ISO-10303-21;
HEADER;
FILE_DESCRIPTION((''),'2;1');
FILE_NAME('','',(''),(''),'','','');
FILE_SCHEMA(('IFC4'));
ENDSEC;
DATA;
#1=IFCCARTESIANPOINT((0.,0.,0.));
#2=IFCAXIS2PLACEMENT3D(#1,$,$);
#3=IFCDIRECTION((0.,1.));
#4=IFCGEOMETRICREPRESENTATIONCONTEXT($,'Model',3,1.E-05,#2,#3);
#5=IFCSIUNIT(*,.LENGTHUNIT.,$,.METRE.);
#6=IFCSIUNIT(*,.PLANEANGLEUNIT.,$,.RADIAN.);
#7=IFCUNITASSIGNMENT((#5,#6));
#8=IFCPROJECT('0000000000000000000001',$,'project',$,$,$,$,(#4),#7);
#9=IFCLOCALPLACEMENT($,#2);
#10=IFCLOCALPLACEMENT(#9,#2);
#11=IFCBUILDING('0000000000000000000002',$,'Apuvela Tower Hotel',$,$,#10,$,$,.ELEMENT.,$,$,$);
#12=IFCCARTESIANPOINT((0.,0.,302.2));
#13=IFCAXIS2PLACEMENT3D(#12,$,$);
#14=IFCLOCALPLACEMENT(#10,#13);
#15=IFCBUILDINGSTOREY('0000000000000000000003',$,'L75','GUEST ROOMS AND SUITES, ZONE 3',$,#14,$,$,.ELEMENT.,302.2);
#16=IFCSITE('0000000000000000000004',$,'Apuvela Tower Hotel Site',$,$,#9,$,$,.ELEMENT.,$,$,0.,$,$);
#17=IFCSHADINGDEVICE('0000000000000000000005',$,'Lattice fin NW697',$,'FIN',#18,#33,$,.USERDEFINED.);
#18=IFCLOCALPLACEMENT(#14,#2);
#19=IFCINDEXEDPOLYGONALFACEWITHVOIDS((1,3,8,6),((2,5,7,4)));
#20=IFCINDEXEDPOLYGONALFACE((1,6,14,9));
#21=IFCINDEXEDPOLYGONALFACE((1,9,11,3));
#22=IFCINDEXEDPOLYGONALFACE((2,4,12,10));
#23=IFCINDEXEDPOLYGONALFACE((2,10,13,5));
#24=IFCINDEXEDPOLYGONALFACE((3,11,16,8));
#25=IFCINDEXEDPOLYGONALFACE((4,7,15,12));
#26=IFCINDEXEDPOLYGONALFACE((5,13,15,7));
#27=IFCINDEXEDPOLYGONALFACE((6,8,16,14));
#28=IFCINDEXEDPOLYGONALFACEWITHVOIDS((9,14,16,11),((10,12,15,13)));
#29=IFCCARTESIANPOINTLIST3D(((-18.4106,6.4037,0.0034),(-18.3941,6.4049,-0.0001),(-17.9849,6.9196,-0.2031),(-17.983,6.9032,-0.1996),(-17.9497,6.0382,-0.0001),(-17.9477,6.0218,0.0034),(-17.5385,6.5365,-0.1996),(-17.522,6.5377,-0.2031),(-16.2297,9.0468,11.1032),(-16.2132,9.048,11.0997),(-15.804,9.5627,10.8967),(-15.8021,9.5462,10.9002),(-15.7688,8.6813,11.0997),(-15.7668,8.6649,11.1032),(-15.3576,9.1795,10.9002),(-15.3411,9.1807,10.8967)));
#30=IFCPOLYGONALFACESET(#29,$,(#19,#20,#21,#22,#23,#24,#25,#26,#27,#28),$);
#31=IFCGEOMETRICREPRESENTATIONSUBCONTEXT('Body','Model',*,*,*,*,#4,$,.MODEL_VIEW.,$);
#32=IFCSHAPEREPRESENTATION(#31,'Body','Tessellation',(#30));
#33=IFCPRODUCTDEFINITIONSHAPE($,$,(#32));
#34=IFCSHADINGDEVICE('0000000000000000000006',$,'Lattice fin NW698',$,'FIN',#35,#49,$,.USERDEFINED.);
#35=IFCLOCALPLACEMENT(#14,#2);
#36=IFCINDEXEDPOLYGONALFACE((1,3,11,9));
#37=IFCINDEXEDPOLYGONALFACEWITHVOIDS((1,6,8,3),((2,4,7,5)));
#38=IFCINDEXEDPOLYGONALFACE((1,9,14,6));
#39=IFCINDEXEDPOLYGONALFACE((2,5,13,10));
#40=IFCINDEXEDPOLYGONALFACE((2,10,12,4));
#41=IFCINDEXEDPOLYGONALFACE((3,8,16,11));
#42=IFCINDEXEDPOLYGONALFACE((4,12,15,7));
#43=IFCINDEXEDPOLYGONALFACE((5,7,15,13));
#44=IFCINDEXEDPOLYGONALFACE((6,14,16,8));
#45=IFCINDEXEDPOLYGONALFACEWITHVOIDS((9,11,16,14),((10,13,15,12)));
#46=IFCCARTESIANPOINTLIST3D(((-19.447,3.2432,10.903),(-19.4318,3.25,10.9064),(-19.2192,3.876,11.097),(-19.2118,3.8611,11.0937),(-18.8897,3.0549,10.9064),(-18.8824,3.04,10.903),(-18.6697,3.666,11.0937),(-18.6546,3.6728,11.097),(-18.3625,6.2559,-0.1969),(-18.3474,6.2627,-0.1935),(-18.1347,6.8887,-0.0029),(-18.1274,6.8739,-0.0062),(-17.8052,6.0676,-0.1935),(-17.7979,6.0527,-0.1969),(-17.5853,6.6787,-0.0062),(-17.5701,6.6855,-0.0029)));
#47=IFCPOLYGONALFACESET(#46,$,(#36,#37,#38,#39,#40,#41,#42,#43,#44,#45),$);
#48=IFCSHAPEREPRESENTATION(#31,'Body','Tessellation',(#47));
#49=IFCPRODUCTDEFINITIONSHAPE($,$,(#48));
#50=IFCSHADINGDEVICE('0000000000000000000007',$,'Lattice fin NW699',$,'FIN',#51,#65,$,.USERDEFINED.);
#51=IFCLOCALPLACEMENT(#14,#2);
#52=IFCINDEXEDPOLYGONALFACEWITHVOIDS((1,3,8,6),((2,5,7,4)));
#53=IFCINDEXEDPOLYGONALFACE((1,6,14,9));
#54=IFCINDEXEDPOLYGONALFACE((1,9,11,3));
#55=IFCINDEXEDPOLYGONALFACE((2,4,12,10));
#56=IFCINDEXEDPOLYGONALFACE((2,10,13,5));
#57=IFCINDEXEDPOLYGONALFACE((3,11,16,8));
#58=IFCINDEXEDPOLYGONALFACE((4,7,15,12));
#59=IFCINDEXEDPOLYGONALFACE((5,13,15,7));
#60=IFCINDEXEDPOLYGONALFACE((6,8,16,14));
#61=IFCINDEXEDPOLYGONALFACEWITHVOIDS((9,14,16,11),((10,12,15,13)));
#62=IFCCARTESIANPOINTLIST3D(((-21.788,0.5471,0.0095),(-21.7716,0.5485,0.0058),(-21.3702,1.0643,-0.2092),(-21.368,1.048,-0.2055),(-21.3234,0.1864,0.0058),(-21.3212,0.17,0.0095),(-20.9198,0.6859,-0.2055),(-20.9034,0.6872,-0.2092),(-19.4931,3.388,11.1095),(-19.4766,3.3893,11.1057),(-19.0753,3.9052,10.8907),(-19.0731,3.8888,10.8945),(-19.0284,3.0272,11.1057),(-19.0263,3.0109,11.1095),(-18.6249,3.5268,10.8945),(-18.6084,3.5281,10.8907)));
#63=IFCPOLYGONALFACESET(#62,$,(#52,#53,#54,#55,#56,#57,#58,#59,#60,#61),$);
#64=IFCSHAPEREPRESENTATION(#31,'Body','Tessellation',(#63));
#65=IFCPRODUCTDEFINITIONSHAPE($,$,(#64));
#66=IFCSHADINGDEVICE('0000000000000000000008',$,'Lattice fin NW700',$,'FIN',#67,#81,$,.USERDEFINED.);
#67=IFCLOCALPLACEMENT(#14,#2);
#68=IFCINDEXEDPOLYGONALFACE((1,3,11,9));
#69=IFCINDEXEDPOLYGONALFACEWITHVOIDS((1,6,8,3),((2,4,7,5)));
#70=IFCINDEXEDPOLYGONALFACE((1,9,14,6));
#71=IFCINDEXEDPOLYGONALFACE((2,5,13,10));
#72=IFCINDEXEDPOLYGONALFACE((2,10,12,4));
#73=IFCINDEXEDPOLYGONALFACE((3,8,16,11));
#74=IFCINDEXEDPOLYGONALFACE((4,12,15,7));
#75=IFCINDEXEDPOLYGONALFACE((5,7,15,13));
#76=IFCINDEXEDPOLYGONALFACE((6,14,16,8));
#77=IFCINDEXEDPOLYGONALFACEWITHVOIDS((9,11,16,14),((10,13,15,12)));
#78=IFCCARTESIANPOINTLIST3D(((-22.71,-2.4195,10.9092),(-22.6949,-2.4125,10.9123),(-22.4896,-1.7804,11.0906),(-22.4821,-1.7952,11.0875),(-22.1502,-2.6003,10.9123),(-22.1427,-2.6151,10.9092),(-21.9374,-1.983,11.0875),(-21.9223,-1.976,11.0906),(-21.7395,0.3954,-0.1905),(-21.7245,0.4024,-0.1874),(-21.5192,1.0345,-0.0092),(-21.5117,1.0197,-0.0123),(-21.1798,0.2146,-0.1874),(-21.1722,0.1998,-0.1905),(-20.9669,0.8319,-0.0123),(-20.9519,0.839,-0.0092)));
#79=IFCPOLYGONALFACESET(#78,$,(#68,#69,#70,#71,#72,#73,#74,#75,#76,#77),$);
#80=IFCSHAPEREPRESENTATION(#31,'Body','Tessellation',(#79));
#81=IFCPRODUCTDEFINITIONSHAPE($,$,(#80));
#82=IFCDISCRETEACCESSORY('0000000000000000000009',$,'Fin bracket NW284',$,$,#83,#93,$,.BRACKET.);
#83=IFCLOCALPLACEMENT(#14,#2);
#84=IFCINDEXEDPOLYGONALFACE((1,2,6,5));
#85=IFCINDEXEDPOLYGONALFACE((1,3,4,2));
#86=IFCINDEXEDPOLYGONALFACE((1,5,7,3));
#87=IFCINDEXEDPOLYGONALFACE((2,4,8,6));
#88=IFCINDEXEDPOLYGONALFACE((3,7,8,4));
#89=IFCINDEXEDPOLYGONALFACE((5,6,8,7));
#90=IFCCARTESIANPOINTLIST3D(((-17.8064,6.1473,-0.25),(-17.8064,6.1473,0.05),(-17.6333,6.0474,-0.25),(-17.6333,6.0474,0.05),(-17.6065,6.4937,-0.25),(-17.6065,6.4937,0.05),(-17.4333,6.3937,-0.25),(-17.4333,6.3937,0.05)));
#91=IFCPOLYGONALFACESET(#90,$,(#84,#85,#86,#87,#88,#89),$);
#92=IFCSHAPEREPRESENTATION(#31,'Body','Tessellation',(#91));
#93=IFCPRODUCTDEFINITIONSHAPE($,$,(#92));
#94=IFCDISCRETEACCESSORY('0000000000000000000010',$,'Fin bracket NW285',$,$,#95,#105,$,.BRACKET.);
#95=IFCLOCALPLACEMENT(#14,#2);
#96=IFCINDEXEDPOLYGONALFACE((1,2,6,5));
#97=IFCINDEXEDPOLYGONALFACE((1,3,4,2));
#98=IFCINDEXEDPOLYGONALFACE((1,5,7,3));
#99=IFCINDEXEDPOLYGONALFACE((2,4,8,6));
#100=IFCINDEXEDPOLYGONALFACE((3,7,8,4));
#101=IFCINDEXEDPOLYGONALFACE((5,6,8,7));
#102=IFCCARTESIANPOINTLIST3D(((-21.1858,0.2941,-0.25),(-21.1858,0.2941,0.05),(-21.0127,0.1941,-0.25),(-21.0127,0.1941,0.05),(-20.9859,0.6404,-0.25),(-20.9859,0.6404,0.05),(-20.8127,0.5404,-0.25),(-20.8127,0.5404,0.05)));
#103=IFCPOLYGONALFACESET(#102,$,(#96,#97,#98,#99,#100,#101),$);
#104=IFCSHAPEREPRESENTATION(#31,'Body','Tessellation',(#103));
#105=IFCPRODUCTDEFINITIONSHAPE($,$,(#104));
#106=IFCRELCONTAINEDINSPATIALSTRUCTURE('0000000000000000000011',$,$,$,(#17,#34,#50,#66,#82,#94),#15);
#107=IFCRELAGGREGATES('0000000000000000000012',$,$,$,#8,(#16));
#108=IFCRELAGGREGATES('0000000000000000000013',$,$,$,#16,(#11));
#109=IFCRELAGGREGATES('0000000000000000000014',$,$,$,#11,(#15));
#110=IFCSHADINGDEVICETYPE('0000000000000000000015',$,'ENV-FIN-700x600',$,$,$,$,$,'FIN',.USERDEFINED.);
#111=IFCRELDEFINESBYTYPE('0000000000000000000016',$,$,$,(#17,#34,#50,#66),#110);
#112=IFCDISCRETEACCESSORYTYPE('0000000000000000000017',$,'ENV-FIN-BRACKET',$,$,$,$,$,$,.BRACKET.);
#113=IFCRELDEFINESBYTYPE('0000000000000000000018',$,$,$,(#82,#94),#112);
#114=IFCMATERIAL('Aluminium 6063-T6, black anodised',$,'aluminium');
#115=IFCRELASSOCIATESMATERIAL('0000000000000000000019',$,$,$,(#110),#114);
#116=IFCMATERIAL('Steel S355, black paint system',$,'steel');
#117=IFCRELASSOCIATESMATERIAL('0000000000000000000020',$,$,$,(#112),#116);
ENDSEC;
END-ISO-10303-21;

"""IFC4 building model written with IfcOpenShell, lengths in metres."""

from ifc_helpers import new_model, si_unit, direction, frame, origin, origin_2d, place, context, subcontext, project, spatial, rectangle, hollow_rectangle, extrude, material, material_profile, profile_set, type_object, element, save


model = new_model("IFC4")

# Units and contexts
model_context = context("Model", 3, precision=1e-05, world=origin(), true_north=direction((0.0, 1.0)))
body_context = subcontext(model_context, "Body", "Model", "MODEL_VIEW")
ifc_project = project(units=[si_unit("LENGTHUNIT", "METRE"), si_unit("PLANEANGLEUNIT", "RADIAN")], contexts=[model_context])

# Site, building, storey
site_placement = place(None, origin())
site = spatial("IfcSite", under=ifc_project, at=site_placement, Name="Apuvela Tower Hotel Site", CompositionType="ELEMENT", RefElevation=0.0)
building_placement = place(site_placement, origin())
building = spatial("IfcBuilding", under=site, at=building_placement, Name="Apuvela Tower Hotel", CompositionType="ELEMENT")
storey_placement = place(building_placement, frame((0.0, 0.0, 302.2)))
storey = spatial("IfcBuildingStorey", under=building, at=storey_placement, Name="L75", Description="GUEST ROOMS AND SUITES, ZONE 3", CompositionType="ELEMENT", Elevation=302.2)

# Shading devices
ifc_material_1 = material(Name="Aluminium 6063-T6, black anodised", Category="aluminium")
ifc_material_profile_1 = material_profile(ifc_material_1, hollow_rectangle(XDim=0.6001, YDim=0.7, WallThickness=0.012, at=origin_2d()), Name="AL BOX 700x600x12")
ifc_profile_set_1 = profile_set([ifc_material_profile_1], Name="Aluminium 6063-T6, black anodised")
shading_device_type = type_object("IfcShadingDeviceType", Name="ENV-FIN-700x600", ElementType="FIN", PredefinedType="USERDEFINED", material=ifc_profile_set_1)
shading_device_1_placement = place(storey_placement, frame((-17.9663, 6.4707, -0.0999), z_axis=(0.187738, 0.227522, 0.955504), x_axis=(-0.771319, 0.636449, 0.0)))
element("IfcShadingDevice", 1, at=shading_device_1_placement, inside=storey, type_object=shading_device_type, Name="Lattice fin NW697", ObjectType="FIN", PredefinedType="USERDEFINED", context=body_context, shape_type="SweptSolid", body=[
    extrude(hollow_rectangle(XDim=0.6001, YDim=0.7, WallThickness=0.012, at=origin_2d()), origin(), (0.0, 0.0, 1.0), 11.6167),
])
shading_device_2_placement = place(storey_placement, frame((-17.9663, 6.4707, -0.0999), z_axis=(-0.093874, -0.260784, 0.960822), x_axis=(0.940897, -0.338692, 0.0)))
element("IfcShadingDevice", 2, at=shading_device_2_placement, inside=storey, type_object=shading_device_type, Name="Lattice fin NW698", ObjectType="FIN", PredefinedType="USERDEFINED", context=body_context, shape_type="SweptSolid", body=[
    extrude(hollow_rectangle(XDim=0.6001, YDim=0.7, WallThickness=0.012, at=origin_2d()), origin(), (0.0, 0.0, 1.0), 11.5525),
])
shading_device_3_placement = place(storey_placement, frame((-21.3457, 0.6172, -0.0999), z_axis=(0.196396, 0.243113, 0.949908), x_axis=(-0.777886, 0.628406, 0.0)))
element("IfcShadingDevice", 3, at=shading_device_3_placement, inside=storey, type_object=shading_device_type, Name="Lattice fin NW699", ObjectType="FIN", PredefinedType="USERDEFINED", context=body_context, shape_type="SweptSolid", body=[
    extrude(hollow_rectangle(XDim=0.6001, YDim=0.7, WallThickness=0.012, at=origin_2d()), origin(), (0.0, 0.0, 1.0), 11.6853),
])
shading_device_4_placement = place(storey_placement, frame((-21.3457, 0.6172, -0.0999), z_axis=(-0.084444, -0.244942, 0.965853), x_axis=(0.945395, -0.325928, 0.0)))
element("IfcShadingDevice", 4, at=shading_device_4_placement, inside=storey, type_object=shading_device_type, Name="Lattice fin NW700", ObjectType="FIN", PredefinedType="USERDEFINED", context=body_context, shape_type="SweptSolid", body=[
    extrude(hollow_rectangle(XDim=0.6001, YDim=0.7, WallThickness=0.012, at=origin_2d()), origin(), (0.0, 0.0, 1.0), 11.4922),
])

# Discrete accessories
ifc_material_2 = material(Name="Steel S355, black paint system", Category="steel")
discrete_accessory_type = type_object("IfcDiscreteAccessoryType", Name="ENV-FIN-BRACKET", PredefinedType="BRACKET", material=ifc_material_2)
for number, where, z_axis, x_axis, name in (
    (5, (-17.6199, 6.2705, -0.25), (0.0, 0.0, 1.0), (-0.5, -0.866025, 0.0), "Fin bracket NW284"),
    (6, (-20.9993, 0.4172, -0.25), (0.0, 0.0, 1.0), (-0.5, -0.866025, 0.0), "Fin bracket NW285"),
):
    element("IfcDiscreteAccessory", number, at=place(storey_placement, frame(where, z_axis=z_axis, x_axis=x_axis)), inside=storey, type_object=discrete_accessory_type, Name=name, PredefinedType="BRACKET", context=body_context, shape_type="SweptSolid", body=[
        extrude(rectangle(XDim=0.3999, YDim=0.2, at=origin_2d()), origin(), (0.0, 0.0, 1.0), 0.3),
    ])

save(model, "model.ifc")
